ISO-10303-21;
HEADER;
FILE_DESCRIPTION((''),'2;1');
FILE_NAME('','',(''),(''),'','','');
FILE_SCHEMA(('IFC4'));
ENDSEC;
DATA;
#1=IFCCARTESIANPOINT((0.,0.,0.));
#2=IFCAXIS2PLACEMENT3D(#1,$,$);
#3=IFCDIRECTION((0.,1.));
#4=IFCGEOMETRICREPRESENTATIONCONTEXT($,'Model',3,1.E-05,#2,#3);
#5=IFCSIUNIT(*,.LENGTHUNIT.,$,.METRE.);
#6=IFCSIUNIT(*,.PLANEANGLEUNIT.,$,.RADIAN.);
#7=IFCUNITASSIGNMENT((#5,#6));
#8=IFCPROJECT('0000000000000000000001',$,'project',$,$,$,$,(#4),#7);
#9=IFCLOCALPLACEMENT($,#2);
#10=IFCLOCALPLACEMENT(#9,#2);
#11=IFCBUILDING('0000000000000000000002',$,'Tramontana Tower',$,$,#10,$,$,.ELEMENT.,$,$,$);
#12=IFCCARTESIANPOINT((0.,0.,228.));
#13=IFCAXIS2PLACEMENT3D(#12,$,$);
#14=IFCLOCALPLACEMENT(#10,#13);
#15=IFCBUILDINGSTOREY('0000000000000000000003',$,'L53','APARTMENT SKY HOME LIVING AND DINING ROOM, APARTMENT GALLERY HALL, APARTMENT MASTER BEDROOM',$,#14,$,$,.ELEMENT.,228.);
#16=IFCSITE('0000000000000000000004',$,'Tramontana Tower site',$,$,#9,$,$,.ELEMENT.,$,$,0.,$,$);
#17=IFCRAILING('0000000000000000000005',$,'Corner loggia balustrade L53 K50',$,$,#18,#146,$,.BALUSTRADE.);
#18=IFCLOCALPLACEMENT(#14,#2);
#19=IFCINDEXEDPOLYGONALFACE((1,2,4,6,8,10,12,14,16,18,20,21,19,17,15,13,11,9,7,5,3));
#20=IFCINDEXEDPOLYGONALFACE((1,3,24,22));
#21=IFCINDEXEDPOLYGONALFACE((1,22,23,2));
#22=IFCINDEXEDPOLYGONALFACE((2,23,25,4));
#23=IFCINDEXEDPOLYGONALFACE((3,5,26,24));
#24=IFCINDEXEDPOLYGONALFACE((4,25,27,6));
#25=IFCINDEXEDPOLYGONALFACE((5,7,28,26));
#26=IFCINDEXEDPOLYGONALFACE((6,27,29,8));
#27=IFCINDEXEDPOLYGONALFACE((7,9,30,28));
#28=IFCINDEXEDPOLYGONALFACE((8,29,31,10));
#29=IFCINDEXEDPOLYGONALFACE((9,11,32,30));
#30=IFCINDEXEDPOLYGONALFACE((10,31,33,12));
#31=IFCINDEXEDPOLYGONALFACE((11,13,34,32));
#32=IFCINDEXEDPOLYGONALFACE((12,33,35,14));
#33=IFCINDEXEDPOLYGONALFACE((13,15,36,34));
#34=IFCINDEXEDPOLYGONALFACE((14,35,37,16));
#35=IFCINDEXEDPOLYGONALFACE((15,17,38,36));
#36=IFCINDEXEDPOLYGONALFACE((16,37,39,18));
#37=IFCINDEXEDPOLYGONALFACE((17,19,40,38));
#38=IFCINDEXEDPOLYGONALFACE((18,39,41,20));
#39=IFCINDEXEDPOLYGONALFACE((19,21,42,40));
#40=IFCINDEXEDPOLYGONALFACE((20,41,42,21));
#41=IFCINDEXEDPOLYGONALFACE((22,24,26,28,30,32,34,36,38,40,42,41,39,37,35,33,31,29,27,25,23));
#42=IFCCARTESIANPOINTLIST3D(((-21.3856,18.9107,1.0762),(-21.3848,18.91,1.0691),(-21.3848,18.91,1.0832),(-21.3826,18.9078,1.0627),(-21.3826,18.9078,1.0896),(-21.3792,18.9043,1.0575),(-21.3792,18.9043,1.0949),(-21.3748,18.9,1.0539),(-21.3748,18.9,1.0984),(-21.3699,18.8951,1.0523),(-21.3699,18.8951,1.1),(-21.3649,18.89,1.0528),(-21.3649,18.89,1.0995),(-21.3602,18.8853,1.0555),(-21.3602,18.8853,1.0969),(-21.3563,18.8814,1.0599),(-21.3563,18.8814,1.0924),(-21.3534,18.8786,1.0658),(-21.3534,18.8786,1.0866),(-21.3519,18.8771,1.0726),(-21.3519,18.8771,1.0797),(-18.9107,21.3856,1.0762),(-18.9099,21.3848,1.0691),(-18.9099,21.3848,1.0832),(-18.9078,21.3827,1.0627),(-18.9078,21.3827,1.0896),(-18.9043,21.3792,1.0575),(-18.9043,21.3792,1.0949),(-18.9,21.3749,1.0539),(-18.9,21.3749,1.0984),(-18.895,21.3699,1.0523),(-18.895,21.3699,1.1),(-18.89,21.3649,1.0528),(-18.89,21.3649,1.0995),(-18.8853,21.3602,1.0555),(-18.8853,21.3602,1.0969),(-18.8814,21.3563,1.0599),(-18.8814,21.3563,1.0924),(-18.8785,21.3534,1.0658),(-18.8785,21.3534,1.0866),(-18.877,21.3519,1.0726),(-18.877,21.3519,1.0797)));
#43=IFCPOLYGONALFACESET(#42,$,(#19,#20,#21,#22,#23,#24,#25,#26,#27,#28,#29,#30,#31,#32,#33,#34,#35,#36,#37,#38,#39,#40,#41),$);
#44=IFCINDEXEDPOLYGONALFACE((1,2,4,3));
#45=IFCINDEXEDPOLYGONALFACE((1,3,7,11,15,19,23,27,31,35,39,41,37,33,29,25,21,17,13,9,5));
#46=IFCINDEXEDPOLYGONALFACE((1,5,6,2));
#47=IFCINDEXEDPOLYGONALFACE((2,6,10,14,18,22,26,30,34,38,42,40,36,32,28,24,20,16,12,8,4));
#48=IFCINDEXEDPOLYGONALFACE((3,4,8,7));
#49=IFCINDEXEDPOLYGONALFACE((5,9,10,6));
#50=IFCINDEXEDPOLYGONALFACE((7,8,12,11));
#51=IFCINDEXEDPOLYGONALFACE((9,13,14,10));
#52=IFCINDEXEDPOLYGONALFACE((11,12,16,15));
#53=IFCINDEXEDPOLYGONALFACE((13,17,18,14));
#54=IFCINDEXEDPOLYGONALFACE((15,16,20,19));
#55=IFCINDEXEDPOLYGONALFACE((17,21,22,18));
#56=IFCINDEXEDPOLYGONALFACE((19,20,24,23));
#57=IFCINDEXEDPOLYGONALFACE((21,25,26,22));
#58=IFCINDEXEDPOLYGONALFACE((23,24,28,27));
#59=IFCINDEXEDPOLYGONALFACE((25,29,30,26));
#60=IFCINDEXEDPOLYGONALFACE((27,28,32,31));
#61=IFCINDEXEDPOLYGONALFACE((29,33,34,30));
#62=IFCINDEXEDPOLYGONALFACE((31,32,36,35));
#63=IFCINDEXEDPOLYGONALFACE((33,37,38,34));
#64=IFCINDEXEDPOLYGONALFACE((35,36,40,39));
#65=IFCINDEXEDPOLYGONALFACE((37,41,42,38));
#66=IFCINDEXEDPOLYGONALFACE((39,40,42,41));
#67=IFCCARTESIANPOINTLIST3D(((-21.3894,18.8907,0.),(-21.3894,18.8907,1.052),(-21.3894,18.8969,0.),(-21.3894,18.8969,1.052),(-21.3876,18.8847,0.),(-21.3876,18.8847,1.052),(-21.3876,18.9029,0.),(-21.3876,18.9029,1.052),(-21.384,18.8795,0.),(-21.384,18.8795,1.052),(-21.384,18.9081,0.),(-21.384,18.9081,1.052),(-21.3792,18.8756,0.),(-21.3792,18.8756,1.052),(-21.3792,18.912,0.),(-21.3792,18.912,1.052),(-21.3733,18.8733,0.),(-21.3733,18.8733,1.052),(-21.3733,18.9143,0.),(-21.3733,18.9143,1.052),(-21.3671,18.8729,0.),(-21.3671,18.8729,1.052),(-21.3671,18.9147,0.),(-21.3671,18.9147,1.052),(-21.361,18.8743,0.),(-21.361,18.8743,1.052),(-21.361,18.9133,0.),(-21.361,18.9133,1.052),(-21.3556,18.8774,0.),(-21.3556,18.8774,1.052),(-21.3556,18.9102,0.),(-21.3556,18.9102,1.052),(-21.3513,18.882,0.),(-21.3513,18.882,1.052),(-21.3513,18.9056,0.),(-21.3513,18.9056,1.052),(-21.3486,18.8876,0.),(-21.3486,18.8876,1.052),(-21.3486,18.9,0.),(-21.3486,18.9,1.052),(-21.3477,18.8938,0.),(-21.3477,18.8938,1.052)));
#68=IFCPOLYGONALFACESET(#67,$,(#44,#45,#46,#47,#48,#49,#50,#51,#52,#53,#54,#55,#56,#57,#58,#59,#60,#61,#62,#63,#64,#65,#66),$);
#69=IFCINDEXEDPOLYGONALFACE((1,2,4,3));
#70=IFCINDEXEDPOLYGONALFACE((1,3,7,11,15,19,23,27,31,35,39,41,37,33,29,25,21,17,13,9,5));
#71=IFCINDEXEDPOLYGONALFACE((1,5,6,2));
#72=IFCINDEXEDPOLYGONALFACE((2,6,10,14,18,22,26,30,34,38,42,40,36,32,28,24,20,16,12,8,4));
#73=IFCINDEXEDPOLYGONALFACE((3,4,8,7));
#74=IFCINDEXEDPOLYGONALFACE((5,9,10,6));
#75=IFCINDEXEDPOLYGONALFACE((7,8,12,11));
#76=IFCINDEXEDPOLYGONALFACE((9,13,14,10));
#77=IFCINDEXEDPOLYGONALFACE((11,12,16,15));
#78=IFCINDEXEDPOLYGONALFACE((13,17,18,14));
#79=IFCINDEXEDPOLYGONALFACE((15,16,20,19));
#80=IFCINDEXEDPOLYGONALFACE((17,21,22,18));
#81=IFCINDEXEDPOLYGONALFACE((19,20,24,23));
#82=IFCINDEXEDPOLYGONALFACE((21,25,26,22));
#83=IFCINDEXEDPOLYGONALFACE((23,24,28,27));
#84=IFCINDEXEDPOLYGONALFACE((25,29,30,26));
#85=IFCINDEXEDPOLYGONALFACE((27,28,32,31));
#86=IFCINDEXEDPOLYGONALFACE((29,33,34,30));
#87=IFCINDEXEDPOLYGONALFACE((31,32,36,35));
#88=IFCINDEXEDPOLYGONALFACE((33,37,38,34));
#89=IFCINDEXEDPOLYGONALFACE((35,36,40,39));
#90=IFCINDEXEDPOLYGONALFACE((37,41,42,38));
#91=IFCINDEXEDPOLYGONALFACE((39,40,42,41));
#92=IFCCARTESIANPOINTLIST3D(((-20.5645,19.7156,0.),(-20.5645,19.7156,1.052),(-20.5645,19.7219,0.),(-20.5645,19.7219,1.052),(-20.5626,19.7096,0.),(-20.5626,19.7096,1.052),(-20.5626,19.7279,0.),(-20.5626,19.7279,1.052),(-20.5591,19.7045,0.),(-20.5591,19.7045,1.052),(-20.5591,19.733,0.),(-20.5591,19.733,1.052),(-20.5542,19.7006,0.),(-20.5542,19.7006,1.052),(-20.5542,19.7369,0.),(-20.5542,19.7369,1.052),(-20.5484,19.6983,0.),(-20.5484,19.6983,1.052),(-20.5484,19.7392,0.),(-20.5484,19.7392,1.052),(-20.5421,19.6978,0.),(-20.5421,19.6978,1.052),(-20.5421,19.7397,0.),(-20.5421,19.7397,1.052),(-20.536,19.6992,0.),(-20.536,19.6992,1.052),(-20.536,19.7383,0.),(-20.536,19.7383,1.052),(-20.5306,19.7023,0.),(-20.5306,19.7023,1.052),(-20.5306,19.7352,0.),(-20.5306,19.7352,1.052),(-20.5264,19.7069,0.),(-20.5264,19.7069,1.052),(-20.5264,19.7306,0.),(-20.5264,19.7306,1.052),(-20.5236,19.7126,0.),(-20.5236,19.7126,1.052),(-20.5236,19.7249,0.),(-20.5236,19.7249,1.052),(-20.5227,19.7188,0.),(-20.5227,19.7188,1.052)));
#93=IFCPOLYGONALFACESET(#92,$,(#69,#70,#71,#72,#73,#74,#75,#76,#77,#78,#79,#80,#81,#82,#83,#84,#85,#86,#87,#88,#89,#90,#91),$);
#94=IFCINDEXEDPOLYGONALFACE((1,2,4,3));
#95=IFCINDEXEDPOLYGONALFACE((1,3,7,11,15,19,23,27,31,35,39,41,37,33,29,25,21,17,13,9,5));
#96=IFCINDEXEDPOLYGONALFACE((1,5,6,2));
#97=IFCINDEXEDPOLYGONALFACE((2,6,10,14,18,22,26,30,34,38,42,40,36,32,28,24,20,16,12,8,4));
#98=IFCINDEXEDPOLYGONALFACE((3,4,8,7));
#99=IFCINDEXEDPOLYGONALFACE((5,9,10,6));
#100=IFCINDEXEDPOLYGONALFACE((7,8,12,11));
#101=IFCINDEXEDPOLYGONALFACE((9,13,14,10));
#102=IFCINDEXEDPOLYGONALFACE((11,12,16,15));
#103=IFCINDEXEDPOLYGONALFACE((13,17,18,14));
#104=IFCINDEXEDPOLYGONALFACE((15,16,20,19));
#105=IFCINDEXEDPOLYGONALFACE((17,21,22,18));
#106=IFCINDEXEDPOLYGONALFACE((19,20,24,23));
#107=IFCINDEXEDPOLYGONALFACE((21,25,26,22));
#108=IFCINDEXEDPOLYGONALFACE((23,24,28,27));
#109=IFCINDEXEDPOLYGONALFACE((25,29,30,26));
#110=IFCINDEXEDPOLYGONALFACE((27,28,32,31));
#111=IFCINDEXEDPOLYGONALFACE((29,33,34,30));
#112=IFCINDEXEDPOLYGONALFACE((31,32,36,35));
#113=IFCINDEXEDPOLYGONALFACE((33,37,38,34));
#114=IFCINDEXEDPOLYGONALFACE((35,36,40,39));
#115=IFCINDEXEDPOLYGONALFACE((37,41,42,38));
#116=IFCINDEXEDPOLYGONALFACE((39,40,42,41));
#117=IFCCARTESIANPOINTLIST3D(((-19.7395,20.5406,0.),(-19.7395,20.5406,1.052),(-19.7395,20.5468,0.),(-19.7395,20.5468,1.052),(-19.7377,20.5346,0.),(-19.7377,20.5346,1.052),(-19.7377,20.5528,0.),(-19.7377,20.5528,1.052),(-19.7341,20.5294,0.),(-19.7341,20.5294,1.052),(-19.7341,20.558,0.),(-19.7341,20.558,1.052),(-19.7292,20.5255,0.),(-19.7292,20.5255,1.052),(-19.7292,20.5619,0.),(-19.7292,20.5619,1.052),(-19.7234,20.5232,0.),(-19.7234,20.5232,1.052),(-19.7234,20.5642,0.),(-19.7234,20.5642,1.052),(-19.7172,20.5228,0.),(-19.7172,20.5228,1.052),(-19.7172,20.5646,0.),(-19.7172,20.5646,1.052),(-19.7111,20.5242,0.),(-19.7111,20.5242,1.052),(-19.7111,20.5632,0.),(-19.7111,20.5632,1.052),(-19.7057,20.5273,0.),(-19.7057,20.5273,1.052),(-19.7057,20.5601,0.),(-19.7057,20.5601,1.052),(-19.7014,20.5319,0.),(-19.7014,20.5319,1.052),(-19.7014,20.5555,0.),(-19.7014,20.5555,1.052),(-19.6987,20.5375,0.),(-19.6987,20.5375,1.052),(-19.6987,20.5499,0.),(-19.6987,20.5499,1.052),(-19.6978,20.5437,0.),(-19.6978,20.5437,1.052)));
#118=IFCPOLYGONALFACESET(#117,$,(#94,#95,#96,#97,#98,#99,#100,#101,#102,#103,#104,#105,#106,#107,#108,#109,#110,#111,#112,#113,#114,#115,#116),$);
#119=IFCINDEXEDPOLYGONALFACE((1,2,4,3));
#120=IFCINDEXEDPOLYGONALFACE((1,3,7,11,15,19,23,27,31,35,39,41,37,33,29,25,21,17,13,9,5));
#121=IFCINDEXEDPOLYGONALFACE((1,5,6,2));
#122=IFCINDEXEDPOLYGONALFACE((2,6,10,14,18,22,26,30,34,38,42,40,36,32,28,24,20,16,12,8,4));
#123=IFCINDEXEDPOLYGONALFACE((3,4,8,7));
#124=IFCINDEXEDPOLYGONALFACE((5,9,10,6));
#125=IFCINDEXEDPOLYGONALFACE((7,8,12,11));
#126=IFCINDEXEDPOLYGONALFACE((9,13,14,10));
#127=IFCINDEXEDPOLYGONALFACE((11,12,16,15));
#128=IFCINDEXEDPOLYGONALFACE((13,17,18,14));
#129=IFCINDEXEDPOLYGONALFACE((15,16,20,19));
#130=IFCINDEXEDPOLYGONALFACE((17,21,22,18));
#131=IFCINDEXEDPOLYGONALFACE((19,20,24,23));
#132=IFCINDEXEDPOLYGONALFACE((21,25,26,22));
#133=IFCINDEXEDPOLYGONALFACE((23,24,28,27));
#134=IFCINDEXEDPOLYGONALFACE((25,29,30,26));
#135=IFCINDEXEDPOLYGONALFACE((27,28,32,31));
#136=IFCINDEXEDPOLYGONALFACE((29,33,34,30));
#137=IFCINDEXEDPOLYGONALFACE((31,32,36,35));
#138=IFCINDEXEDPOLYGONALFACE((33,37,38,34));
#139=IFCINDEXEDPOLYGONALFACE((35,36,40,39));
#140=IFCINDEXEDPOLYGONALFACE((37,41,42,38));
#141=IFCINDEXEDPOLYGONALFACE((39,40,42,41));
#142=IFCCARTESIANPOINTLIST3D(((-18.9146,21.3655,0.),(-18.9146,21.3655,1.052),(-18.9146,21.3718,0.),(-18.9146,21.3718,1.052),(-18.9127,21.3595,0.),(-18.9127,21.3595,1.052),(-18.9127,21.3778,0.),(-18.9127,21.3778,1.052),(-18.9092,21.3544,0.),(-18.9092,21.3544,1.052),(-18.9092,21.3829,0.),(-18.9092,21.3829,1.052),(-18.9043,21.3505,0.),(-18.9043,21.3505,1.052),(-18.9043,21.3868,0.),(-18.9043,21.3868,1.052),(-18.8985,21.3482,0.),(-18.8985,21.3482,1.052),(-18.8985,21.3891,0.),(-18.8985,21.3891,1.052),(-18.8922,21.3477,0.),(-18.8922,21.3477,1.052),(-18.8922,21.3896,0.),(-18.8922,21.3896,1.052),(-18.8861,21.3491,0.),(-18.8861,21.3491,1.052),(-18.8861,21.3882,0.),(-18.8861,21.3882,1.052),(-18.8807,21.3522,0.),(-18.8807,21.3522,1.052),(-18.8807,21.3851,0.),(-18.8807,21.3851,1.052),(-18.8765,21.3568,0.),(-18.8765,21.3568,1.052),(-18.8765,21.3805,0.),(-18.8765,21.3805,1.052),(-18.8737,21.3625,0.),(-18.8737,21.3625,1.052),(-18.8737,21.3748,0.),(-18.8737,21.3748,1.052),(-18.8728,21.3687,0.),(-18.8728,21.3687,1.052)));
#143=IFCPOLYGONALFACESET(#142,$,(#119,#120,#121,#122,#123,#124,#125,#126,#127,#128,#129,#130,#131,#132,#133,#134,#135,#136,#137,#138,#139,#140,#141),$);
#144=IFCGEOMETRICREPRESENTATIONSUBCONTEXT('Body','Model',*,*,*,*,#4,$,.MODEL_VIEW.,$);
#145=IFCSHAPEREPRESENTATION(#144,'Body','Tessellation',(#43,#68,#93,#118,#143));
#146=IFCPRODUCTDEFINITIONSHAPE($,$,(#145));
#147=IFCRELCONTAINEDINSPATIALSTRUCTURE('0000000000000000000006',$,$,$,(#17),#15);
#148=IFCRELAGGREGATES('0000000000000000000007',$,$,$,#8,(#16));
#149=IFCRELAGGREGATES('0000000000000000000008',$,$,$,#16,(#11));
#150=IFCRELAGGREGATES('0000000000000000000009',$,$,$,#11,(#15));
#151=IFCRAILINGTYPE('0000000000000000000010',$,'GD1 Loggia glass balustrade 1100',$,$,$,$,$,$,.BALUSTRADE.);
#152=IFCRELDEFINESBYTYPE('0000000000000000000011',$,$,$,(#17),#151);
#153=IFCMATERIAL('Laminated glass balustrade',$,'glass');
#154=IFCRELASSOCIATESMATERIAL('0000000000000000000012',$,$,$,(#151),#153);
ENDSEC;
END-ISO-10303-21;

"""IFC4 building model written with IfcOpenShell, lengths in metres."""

from ifc_helpers import new_model, si_unit, direction, frame, origin, origin_2d, place, context, subcontext, project, spatial, circle, extrude, material, type_object, element, save


model = new_model("IFC4")

# Units and contexts
model_context = context("Model", 3, precision=1e-05, world=origin(), true_north=direction((0.0, 1.0)))
body_context = subcontext(model_context, "Body", "Model", "MODEL_VIEW")
ifc_project = project(units=[si_unit("LENGTHUNIT", "METRE"), si_unit("PLANEANGLEUNIT", "RADIAN")], contexts=[model_context])

# Site, building, storey
site_placement = place(None, origin())
site = spatial("IfcSite", under=ifc_project, at=site_placement, Name="Tramontana Tower site", CompositionType="ELEMENT", RefElevation=0.0)
building_placement = place(site_placement, origin())
building = spatial("IfcBuilding", under=site, at=building_placement, Name="Tramontana Tower", CompositionType="ELEMENT")
storey_placement = place(building_placement, frame((0.0, 0.0, 228.0)))
storey = spatial("IfcBuildingStorey", under=building, at=storey_placement, Name="L53", Description="APARTMENT SKY HOME LIVING AND DINING ROOM, APARTMENT GALLERY HALL, APARTMENT MASTER BEDROOM", CompositionType="ELEMENT", Elevation=228.0)

# Railing
ifc_material_1 = material(Name="Laminated glass balustrade", Category="glass")
railing_type = type_object("IfcRailingType", Name="GD1 Loggia glass balustrade 1100", PredefinedType="BALUSTRADE", material=ifc_material_1)
railing_placement = place(storey_placement, frame((-21.3687, 18.8938, 0.0)))
element("IfcRailing", 1, at=railing_placement, inside=storey, type_object=railing_type, Name="Corner loggia balustrade L53 K50", PredefinedType="BALUSTRADE", context=body_context, shape_type="SweptSolid", body=[
    extrude(circle(Radius=0.0239, at=origin_2d()), frame((0.0, 0.0, 1.0762), z_axis=(0.707107, 0.707107, 0.0), x_axis=(-0.707107, 0.707107, 0.0)), (0.0, 0.0, 1.0), 3.5),
    extrude(circle(Radius=0.021, at=origin_2d()), origin(), (0.0, 0.0, 1.0), 1.052),
    extrude(circle(Radius=0.021, at=origin_2d()), frame((0.825, 0.825, 0.0)), (0.0, 0.0, 1.0), 1.052),
    extrude(circle(Radius=0.021, at=origin_2d()), frame((1.6499, 1.6499, 0.0)), (0.0, 0.0, 1.0), 1.052),
    extrude(circle(Radius=0.021, at=origin_2d()), frame((2.4749, 2.4749, 0.0)), (0.0, 0.0, 1.0), 1.052),
])

save(model, "model.ifc")
